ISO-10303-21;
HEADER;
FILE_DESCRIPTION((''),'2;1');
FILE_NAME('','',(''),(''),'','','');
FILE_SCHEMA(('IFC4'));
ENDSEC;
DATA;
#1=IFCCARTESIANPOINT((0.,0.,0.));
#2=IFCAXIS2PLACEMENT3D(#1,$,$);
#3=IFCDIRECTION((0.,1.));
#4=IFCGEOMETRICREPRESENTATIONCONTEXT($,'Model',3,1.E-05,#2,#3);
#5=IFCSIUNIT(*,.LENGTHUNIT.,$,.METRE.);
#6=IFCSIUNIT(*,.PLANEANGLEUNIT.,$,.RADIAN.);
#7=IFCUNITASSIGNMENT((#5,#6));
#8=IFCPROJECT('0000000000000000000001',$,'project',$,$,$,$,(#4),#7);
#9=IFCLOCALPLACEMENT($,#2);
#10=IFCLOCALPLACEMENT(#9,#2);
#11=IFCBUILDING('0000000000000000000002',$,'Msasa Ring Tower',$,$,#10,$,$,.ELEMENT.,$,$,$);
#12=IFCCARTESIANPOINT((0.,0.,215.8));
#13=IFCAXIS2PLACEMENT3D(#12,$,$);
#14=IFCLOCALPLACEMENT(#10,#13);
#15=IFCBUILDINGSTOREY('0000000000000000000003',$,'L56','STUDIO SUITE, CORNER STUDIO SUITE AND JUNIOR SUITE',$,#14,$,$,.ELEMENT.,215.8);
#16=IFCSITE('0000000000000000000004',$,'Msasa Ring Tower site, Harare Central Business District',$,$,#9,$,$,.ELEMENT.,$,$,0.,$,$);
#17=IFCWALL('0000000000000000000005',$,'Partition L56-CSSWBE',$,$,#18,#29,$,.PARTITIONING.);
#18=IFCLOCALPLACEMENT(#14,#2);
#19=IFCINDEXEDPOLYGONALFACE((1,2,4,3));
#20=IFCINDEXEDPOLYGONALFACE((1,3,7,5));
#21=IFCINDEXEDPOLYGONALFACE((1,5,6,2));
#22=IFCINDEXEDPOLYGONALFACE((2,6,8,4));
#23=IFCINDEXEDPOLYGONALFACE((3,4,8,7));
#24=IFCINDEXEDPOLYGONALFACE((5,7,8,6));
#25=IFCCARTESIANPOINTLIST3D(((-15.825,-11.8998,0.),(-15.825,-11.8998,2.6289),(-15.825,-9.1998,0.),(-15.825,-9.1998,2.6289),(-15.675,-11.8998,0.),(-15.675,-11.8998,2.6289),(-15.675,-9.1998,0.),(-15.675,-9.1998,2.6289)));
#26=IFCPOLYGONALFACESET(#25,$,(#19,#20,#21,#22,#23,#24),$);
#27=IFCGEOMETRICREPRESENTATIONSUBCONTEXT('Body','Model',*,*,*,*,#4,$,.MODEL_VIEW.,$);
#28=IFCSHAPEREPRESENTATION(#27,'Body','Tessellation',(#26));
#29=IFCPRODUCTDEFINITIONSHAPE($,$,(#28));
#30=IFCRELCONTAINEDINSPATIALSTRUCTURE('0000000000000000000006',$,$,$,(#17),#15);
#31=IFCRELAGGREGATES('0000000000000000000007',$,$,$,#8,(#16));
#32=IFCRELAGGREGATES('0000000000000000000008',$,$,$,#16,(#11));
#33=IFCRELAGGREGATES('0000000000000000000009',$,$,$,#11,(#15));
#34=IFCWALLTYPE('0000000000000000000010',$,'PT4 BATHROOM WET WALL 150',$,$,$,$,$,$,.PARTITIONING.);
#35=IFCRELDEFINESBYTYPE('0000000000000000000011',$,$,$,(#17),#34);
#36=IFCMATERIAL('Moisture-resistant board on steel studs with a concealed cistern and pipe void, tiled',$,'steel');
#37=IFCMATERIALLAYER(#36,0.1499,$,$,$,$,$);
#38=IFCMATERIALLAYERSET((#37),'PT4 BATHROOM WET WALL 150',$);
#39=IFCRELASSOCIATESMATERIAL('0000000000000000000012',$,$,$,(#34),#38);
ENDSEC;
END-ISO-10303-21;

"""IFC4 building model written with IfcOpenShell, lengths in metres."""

from ifc_helpers import new_model, si_unit, direction, frame, frame_2d, origin, place, context, subcontext, project, spatial, rectangle, extrude, material, layer, layer_set, type_object, element, save


model = new_model("IFC4")

# Units and contexts
model_context = context("Model", 3, precision=1e-05, world=origin(), true_north=direction((0.0, 1.0)))
body_context = subcontext(model_context, "Body", "Model", "MODEL_VIEW")
ifc_project = project(units=[si_unit("LENGTHUNIT", "METRE"), si_unit("PLANEANGLEUNIT", "RADIAN")], contexts=[model_context])

# Site, building, storey
site_placement = place(None, origin())
site = spatial("IfcSite", under=ifc_project, at=site_placement, Name="Msasa Ring Tower site, Harare Central Business District", CompositionType="ELEMENT", RefElevation=0.0)
building_placement = place(site_placement, origin())
building = spatial("IfcBuilding", under=site, at=building_placement, Name="Msasa Ring Tower", CompositionType="ELEMENT")
storey_placement = place(building_placement, frame((0.0, 0.0, 215.8)))
storey = spatial("IfcBuildingStorey", under=building, at=storey_placement, Name="L56", Description="STUDIO SUITE, CORNER STUDIO SUITE AND JUNIOR SUITE", CompositionType="ELEMENT", Elevation=215.8)

# Shared definitions
ifc_material_1 = material(Name="Moisture-resistant board on steel studs with a concealed cistern and pipe void, tiled", Category="steel")
ifc_layer_1 = layer(ifc_material_1, 0.1499)
ifc_layer_set_1 = layer_set([ifc_layer_1], Name="PT4 BATHROOM WET WALL 150")
wall_type = type_object("IfcWallType", Name="PT4 BATHROOM WET WALL 150", PredefinedType="PARTITIONING", material=ifc_layer_set_1)

# Wall
wall_1_placement = place(storey_placement, frame((-15.75, -11.8999, 0.0), z_axis=(0.0, 0.0, 1.0), x_axis=(0.0, 1.0, 0.0)))
element("IfcWall", 1, at=wall_1_placement, inside=storey, type_object=wall_type, Name="Partition L56-CSSWBE", PredefinedType="PARTITIONING", context=body_context, shape_type="SweptSolid", body=[
    extrude(rectangle(XDim=2.7, YDim=0.1499, at=frame_2d((1.3501, 0.0))), origin(), (0.0, 0.0, 1.0), 2.6289),
])

save(model, "model.ifc")
